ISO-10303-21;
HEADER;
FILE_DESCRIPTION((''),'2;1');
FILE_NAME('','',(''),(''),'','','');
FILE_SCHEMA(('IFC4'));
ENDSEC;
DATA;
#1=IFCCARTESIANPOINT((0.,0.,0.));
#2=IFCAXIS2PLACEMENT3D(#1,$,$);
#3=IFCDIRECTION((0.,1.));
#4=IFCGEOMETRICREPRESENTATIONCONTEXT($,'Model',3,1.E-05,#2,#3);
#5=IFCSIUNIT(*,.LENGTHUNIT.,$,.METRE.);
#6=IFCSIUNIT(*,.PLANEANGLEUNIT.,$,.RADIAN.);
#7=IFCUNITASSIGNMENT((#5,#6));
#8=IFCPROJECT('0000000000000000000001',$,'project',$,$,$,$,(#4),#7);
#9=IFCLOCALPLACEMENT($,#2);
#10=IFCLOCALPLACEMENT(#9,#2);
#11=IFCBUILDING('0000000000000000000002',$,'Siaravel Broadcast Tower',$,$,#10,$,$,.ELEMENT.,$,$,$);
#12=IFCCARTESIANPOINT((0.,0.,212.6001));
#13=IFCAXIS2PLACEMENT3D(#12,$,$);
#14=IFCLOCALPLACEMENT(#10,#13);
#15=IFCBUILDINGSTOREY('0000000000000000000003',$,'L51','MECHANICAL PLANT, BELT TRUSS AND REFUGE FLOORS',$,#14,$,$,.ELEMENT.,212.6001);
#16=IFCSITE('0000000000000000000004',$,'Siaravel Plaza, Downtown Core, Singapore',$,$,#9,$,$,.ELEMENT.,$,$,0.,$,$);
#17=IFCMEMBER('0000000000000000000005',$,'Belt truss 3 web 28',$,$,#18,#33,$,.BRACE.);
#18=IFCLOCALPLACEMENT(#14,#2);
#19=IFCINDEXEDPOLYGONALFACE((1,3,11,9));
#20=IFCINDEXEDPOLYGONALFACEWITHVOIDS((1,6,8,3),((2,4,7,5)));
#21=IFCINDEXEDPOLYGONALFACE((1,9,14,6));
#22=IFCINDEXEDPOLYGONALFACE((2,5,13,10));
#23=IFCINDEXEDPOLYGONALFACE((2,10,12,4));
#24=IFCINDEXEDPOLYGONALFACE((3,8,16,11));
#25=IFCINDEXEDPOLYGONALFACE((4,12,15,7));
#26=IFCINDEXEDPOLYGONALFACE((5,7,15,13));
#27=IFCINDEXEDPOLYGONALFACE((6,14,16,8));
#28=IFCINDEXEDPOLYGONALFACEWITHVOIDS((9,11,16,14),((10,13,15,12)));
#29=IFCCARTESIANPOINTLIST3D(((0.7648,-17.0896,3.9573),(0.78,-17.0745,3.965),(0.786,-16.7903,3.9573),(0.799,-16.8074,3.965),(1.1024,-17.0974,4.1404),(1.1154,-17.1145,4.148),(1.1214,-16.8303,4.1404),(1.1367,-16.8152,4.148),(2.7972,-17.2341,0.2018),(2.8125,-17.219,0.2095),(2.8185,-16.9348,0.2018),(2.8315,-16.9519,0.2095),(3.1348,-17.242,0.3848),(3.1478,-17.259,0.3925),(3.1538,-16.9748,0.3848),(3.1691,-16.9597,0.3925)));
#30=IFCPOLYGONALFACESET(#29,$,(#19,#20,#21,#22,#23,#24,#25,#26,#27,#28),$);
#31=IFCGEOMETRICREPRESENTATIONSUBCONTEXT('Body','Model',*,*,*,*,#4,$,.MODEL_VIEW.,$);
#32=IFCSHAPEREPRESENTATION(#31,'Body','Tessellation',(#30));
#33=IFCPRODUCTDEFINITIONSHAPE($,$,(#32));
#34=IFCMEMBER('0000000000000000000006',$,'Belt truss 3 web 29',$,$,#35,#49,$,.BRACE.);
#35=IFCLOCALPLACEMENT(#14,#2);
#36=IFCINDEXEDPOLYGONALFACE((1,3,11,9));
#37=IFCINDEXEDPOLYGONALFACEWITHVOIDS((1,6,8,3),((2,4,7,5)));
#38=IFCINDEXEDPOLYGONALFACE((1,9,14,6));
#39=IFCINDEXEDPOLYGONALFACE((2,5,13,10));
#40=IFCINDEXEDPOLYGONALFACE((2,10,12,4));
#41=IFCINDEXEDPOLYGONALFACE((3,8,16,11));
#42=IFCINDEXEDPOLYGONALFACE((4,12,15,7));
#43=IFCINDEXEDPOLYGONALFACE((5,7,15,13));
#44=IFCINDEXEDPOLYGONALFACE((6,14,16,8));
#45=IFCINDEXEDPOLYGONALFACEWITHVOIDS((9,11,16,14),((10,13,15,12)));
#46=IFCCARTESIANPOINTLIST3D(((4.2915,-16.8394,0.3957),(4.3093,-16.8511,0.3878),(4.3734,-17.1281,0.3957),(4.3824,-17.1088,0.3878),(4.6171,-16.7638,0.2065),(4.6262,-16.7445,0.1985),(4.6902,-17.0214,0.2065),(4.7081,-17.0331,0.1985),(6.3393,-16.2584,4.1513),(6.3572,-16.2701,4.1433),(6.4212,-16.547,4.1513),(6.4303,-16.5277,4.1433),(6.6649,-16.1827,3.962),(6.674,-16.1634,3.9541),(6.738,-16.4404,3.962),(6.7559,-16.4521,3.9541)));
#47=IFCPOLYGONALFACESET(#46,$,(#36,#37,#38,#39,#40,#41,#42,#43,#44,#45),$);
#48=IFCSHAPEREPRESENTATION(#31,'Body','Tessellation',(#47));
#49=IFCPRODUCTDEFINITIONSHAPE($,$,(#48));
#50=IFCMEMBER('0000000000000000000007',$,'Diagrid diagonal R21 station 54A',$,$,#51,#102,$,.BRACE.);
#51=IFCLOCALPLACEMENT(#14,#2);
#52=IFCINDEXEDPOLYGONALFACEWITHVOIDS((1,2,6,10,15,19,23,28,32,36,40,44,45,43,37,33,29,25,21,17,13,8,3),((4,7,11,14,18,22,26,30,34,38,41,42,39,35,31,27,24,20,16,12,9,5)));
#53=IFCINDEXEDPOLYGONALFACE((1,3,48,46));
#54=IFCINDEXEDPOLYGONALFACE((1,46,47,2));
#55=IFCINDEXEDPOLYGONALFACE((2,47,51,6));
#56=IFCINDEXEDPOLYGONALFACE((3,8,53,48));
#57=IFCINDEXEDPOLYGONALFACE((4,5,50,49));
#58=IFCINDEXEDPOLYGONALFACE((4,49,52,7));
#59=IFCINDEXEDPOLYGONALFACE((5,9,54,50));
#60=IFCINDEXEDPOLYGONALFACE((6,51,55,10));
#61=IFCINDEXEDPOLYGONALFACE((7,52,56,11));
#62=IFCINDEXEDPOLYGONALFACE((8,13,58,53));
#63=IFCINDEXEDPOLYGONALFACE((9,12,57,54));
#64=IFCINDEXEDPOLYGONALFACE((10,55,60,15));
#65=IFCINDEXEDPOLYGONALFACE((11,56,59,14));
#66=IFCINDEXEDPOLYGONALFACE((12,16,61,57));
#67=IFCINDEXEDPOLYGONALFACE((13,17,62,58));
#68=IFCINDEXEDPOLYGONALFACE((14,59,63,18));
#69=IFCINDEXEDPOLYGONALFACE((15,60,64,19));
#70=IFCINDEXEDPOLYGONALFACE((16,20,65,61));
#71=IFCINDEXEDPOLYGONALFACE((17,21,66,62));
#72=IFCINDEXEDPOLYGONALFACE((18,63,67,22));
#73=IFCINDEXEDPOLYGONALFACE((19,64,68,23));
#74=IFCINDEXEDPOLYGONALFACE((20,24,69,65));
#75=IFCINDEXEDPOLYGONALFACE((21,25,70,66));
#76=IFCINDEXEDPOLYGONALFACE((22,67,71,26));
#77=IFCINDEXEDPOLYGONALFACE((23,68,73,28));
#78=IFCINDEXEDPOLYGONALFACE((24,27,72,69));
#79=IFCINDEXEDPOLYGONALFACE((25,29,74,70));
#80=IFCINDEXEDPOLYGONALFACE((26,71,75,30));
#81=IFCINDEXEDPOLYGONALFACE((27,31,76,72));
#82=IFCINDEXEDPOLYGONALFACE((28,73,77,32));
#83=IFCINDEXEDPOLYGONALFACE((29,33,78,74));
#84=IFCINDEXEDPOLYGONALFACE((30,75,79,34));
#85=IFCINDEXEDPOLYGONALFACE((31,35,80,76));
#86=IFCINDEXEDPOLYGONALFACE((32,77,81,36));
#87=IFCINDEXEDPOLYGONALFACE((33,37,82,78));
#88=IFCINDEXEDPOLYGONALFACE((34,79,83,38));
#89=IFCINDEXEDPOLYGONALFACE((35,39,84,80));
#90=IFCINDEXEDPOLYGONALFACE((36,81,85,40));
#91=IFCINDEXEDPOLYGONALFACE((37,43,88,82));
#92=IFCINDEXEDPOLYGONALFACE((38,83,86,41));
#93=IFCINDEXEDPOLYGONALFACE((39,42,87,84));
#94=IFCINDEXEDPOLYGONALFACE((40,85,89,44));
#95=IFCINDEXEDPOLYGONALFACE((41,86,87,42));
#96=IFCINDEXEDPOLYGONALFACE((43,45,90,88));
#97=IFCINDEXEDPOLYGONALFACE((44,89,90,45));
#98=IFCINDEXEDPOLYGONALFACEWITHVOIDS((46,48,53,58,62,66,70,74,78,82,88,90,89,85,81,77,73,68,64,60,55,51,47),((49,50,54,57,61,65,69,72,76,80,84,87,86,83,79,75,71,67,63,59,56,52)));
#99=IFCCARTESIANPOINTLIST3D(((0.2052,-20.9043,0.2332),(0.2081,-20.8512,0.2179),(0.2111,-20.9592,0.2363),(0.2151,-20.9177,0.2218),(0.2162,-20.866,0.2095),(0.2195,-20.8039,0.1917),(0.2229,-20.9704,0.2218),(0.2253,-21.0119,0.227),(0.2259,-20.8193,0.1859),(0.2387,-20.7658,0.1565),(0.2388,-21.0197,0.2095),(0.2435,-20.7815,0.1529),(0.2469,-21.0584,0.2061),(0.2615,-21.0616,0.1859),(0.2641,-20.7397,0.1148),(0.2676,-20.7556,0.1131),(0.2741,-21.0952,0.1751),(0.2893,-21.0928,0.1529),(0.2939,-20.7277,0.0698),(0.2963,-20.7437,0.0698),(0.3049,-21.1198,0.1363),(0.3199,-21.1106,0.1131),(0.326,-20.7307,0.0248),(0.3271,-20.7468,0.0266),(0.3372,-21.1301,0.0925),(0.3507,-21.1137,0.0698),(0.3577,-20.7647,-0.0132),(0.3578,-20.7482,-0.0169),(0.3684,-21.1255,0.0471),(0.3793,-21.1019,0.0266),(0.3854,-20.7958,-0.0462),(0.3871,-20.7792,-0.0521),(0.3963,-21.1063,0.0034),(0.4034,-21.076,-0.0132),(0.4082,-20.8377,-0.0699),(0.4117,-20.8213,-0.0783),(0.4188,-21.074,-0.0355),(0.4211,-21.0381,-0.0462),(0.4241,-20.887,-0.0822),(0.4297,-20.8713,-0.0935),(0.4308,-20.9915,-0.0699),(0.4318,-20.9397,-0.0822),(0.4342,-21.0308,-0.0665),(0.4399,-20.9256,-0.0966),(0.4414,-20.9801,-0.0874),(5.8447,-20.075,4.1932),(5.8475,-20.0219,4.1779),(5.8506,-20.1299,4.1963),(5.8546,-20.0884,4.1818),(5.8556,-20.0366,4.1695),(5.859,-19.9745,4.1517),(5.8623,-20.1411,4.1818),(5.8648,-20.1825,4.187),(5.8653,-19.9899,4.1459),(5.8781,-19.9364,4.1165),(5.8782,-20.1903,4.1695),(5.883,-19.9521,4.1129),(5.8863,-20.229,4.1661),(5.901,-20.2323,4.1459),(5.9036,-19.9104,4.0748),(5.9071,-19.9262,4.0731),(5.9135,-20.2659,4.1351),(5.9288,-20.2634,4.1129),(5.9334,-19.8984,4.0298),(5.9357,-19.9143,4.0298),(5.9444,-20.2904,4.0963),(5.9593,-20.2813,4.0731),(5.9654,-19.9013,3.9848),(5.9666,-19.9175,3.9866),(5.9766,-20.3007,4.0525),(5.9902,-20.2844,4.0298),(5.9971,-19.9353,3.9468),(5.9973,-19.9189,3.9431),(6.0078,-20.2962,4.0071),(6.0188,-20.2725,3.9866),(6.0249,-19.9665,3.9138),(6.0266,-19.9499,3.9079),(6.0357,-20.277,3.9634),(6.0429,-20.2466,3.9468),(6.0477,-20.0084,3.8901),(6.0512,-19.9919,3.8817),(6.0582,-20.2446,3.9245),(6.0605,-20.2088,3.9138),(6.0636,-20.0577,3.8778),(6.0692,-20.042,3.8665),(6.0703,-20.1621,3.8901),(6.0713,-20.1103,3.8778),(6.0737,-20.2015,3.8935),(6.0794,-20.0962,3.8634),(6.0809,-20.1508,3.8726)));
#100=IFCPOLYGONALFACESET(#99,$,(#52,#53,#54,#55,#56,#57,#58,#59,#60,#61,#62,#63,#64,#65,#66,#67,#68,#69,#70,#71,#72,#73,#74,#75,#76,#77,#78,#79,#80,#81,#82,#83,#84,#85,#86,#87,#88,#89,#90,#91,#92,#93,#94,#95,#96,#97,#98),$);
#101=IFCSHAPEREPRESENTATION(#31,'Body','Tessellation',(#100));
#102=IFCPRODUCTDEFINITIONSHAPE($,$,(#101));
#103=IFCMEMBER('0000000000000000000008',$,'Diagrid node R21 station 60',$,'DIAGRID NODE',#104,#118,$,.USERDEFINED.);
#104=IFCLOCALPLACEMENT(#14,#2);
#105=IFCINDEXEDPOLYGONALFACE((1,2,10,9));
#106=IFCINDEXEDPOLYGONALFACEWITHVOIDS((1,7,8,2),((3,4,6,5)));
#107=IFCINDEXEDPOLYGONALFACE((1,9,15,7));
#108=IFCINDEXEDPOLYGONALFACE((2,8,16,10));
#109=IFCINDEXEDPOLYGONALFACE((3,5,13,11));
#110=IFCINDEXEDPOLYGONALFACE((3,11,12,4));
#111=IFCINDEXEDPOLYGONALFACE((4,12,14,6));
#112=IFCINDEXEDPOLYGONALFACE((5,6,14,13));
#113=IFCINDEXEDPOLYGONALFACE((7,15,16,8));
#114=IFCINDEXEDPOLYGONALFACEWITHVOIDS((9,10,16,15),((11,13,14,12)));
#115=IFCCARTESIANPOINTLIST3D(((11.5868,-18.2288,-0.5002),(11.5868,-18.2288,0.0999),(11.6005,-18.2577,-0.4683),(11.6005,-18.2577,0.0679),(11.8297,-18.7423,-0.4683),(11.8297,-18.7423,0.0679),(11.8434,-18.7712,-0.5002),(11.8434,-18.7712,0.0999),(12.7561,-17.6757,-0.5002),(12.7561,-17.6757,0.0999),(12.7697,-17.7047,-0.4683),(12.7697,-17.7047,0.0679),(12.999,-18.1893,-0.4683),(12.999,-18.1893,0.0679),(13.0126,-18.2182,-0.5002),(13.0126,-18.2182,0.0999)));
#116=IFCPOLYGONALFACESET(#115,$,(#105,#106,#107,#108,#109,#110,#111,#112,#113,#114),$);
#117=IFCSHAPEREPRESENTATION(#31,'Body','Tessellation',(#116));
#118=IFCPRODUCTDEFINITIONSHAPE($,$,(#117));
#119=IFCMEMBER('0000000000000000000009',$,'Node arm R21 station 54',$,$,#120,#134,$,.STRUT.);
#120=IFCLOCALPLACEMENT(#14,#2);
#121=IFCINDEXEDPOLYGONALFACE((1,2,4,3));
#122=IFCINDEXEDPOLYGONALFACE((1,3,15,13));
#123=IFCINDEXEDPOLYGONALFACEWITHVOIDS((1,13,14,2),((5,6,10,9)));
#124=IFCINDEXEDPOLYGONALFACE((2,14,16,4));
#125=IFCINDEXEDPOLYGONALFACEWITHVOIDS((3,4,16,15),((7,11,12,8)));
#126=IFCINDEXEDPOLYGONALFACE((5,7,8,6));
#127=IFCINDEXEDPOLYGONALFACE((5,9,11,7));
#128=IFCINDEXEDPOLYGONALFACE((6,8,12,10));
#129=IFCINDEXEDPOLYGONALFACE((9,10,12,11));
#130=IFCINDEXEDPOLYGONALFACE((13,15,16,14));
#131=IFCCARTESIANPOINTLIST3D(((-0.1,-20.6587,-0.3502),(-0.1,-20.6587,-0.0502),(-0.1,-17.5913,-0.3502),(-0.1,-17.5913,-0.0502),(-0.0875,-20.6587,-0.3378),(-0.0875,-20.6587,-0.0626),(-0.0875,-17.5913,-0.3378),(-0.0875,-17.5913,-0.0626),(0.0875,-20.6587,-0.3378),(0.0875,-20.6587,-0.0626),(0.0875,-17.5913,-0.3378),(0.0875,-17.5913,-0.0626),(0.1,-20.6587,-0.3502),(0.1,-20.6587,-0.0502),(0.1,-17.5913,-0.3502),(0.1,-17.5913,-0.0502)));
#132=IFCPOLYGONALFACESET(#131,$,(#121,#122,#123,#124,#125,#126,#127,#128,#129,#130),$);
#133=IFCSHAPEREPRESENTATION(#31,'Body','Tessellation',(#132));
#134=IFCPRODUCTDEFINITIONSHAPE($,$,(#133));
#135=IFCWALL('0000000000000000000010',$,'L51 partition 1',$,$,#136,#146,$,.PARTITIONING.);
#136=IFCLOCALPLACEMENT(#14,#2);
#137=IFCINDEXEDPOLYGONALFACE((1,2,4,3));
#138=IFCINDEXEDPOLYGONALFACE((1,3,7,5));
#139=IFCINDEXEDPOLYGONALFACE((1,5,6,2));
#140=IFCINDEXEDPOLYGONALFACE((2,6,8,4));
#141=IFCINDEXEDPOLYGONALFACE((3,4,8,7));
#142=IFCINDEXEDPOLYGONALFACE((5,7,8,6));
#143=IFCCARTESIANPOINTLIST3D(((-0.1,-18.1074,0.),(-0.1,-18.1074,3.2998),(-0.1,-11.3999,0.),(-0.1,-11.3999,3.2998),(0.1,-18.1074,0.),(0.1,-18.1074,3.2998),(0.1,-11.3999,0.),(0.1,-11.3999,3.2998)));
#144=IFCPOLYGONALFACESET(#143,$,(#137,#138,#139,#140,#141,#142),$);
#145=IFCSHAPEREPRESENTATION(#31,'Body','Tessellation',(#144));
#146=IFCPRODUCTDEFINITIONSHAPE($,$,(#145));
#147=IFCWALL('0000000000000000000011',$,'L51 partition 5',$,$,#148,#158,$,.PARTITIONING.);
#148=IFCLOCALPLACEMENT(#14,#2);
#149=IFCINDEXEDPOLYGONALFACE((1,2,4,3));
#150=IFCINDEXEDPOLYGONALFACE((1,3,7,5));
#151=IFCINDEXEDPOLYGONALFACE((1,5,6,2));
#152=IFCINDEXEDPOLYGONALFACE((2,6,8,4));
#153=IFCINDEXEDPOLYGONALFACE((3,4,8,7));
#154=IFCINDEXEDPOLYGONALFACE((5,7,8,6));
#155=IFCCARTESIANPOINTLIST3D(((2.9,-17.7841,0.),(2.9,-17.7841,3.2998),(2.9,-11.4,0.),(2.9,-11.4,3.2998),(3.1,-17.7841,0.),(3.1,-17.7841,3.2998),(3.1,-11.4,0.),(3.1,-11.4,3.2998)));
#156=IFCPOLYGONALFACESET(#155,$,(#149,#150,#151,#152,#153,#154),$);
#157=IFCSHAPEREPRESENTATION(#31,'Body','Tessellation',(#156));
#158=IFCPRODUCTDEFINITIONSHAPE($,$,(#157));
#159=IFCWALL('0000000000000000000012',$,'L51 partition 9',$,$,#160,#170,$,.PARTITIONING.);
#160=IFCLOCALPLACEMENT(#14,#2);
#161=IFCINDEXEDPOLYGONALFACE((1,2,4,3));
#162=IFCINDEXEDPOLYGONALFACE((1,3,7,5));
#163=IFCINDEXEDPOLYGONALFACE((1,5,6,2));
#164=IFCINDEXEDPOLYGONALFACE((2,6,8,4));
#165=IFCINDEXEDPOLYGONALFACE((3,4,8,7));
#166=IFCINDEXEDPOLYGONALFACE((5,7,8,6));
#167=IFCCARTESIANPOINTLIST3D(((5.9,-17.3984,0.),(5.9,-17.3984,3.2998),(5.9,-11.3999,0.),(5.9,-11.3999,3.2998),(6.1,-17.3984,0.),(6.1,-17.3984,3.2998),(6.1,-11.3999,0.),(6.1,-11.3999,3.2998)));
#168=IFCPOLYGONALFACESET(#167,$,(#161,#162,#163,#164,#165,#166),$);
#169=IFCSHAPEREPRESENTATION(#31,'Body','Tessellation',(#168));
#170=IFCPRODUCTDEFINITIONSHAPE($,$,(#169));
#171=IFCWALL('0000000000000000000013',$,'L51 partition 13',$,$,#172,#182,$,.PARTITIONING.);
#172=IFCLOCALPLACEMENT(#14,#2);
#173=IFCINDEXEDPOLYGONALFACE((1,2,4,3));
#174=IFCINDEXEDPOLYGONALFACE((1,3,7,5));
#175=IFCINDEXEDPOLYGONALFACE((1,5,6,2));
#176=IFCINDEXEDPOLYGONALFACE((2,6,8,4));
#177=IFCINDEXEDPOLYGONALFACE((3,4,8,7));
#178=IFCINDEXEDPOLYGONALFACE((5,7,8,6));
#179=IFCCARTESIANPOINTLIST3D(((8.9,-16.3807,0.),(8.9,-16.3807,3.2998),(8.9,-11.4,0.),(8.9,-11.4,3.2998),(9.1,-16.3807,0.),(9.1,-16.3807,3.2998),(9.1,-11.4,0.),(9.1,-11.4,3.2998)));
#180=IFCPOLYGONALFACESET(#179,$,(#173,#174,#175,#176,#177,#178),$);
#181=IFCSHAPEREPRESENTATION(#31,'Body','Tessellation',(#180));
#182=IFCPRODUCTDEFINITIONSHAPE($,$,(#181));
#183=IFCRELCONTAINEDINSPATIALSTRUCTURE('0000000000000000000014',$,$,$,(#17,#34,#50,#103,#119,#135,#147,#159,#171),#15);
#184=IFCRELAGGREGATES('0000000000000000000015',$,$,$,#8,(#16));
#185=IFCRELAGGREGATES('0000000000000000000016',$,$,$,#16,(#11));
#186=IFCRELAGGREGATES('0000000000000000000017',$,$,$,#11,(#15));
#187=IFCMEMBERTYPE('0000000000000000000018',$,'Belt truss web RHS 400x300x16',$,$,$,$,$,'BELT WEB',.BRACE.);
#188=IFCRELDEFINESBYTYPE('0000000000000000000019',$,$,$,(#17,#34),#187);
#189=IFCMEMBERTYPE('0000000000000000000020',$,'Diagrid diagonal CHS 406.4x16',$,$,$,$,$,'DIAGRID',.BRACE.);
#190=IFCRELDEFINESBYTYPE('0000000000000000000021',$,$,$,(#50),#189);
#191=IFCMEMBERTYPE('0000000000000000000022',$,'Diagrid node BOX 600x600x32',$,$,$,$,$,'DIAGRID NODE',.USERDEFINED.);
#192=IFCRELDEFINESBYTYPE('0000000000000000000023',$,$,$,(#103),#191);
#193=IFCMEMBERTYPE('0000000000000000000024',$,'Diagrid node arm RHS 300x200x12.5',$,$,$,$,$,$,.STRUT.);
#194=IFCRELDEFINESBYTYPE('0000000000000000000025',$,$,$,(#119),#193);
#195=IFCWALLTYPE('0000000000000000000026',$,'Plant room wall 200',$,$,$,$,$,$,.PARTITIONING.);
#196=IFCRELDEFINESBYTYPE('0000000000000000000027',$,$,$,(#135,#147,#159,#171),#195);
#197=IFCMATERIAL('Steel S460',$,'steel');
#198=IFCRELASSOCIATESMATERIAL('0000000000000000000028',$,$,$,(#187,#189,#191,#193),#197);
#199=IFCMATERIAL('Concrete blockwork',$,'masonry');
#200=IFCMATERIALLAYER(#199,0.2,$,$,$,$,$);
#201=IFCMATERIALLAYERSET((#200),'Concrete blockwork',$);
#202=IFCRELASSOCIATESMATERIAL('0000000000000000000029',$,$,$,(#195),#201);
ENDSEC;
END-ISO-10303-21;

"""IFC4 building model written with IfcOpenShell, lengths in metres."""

from ifc_helpers import new_model, si_unit, direction, frame, frame_2d, origin, origin_2d, place, context, subcontext, project, spatial, rectangle, hollow_rectangle, hollow_circle, extrude, material, layer, layer_set, material_profile, profile_set, type_object, element, save


model = new_model("IFC4")

# Units and contexts
model_context = context("Model", 3, precision=1e-05, world=origin(), true_north=direction((0.0, 1.0)))
body_context = subcontext(model_context, "Body", "Model", "MODEL_VIEW")
ifc_project = project(units=[si_unit("LENGTHUNIT", "METRE"), si_unit("PLANEANGLEUNIT", "RADIAN")], contexts=[model_context])

# Site, building, storey
site_placement = place(None, origin())
site = spatial("IfcSite", under=ifc_project, at=site_placement, Name="Siaravel Plaza, Downtown Core, Singapore", CompositionType="ELEMENT", RefElevation=0.0)
building_placement = place(site_placement, origin())
building = spatial("IfcBuilding", under=site, at=building_placement, Name="Siaravel Broadcast Tower", CompositionType="ELEMENT")
storey_placement = place(building_placement, frame((0.0, 0.0, 212.6001)))
storey = spatial("IfcBuildingStorey", under=building, at=storey_placement, Name="L51", Description="MECHANICAL PLANT, BELT TRUSS AND REFUGE FLOORS", CompositionType="ELEMENT", Elevation=212.6001)

# Shared definitions
ifc_material_1 = material(Name="Steel S460", Category="steel")

# Members
ifc_material_profile_1 = material_profile(ifc_material_1, hollow_rectangle(XDim=0.3, YDim=0.3999, WallThickness=0.0161, at=origin_2d()))
ifc_profile_set_1 = profile_set([ifc_material_profile_1], Name="Steel S460")
member_type_1 = type_object("IfcMemberType", Name="Belt truss web RHS 400x300x16", ElementType="BELT WEB", PredefinedType="BRACE", material=ifc_profile_set_1)
member_1_placement = place(storey_placement, frame((2.9832, -17.0969, 0.2971), z_axis=(-0.475681, 0.033826, 0.878967), x_axis=(-0.070932, -0.997481, 0.0)))
element("IfcMember", 1, at=member_1_placement, inside=storey, type_object=member_type_1, Name="Belt truss 3 web 28", PredefinedType="BRACE", context=body_context, shape_type="SweptSolid", body=[
    extrude(hollow_rectangle(XDim=0.3, YDim=0.3999, WallThickness=0.0161, at=origin_2d()), origin(), (0.0, 0.0, 1.0), 4.2727),
])
member_2_placement = place(storey_placement, frame((4.4998, -16.9363, 0.2971), z_axis=(0.474376, 0.134599, 0.869972), x_axis=(-0.272964, 0.962024, 0.0)))
element("IfcMember", 2, at=member_2_placement, inside=storey, type_object=member_type_1, Name="Belt truss 3 web 29", PredefinedType="BRACE", context=body_context, shape_type="SweptSolid", body=[
    extrude(hollow_rectangle(XDim=0.3, YDim=0.3999, WallThickness=0.0161, at=origin_2d()), origin(), (0.0, 0.0, 1.0), 4.3169),
])
ifc_material_profile_2 = material_profile(ifc_material_1, hollow_circle(Radius=0.2031, WallThickness=0.0161, at=origin_2d()))
ifc_profile_set_2 = profile_set([ifc_material_profile_2], Name="Steel S460")
member_type_2 = type_object("IfcMemberType", Name="Diagrid diagonal CHS 406.4x16", ElementType="DIAGRID", PredefinedType="BRACE", material=ifc_profile_set_2)
member_3_placement = place(storey_placement, frame((0.3235, -20.9287, 0.0698), z_axis=(0.812524, 0.119492, 0.57055), x_axis=(-0.145498, 0.989359, 0.0)))
element("IfcMember", 3, at=member_3_placement, inside=storey, type_object=member_type_2, Name="Diagrid diagonal R21 station 54A", PredefinedType="BRACE", context=body_context, shape_type="SweptSolid", body=[
    extrude(hollow_circle(Radius=0.2031, WallThickness=0.0161, at=origin_2d()), origin(), (0.0, 0.0, 1.0), 6.9407),
])
ifc_material_profile_3 = material_profile(ifc_material_1, hollow_rectangle(XDim=0.6001, YDim=0.6001, WallThickness=0.032, at=origin_2d()))
ifc_profile_set_3 = profile_set([ifc_material_profile_3], Name="Steel S460")
member_type_3 = type_object("IfcMemberType", Name="Diagrid node BOX 600x600x32", ElementType="DIAGRID NODE", PredefinedType="USERDEFINED", material=ifc_profile_set_3)
member_4_placement = place(storey_placement, frame((11.7151, -18.5, -0.2002), z_axis=(0.903991, 0.427551, 0.0), x_axis=(-0.427551, 0.903991, 0.0)))
element("IfcMember", 4, at=member_4_placement, inside=storey, type_object=member_type_3, Name="Diagrid node R21 station 60", ObjectType="DIAGRID NODE", PredefinedType="USERDEFINED", context=body_context, shape_type="SweptSolid", body=[
    extrude(hollow_rectangle(XDim=0.6001, YDim=0.6001, WallThickness=0.032, at=origin_2d()), origin(), (0.0, 0.0, 1.0), 1.2935),
])
ifc_material_profile_4 = material_profile(ifc_material_1, hollow_rectangle(XDim=0.2, YDim=0.3, WallThickness=0.0125, at=origin_2d()))
ifc_profile_set_4 = profile_set([ifc_material_profile_4], Name="Steel S460")
member_type_4 = type_object("IfcMemberType", Name="Diagrid node arm RHS 300x200x12.5", PredefinedType="STRUT", material=ifc_profile_set_4)
member_5_placement = place(storey_placement, frame((0.0, -17.5913, -0.2002), z_axis=(0.0, -1.0, 0.0), x_axis=(1.0, 0.0, 0.0)))
element("IfcMember", 5, at=member_5_placement, inside=storey, type_object=member_type_4, Name="Node arm R21 station 54", PredefinedType="STRUT", context=body_context, shape_type="SweptSolid", body=[
    extrude(hollow_rectangle(XDim=0.2, YDim=0.3, WallThickness=0.0125, at=origin_2d()), origin(), (0.0, 0.0, 1.0), 3.0674),
])

# Walls
ifc_material_2 = material(Name="Concrete blockwork", Category="masonry")
ifc_layer_1 = layer(ifc_material_2, 0.2)
ifc_layer_set_1 = layer_set([ifc_layer_1], Name="Concrete blockwork")
wall_type_1 = type_object("IfcWallType", Name="Plant room wall 200", PredefinedType="PARTITIONING", material=ifc_layer_set_1)
wall_1_placement = place(storey_placement, frame((0.0, -18.1074, 0.0), z_axis=(0.0, 0.0, 1.0), x_axis=(0.0, 1.0, 0.0)))
element("IfcWall", 6, at=wall_1_placement, inside=storey, type_object=wall_type_1, Name="L51 partition 1", PredefinedType="PARTITIONING", context=body_context, shape_type="SweptSolid", body=[
    extrude(rectangle(XDim=6.7075, YDim=0.2, at=frame_2d((3.3538, 0.0))), origin(), (0.0, 0.0, 1.0), 3.2998),
])
wall_2_placement = place(storey_placement, frame((3.0, -17.7839, 0.0), z_axis=(0.0, 0.0, 1.0), x_axis=(0.0, 1.0, 0.0)))
element("IfcWall", 7, at=wall_2_placement, inside=storey, type_object=wall_type_1, Name="L51 partition 5", PredefinedType="PARTITIONING", context=body_context, shape_type="SweptSolid", body=[
    extrude(rectangle(XDim=6.384, YDim=0.2, at=frame_2d((3.1919, 0.0))), origin(), (0.0, 0.0, 1.0), 3.2998),
])
wall_3_placement = place(storey_placement, frame((6.0, -17.3984, 0.0), z_axis=(0.0, 0.0, 1.0), x_axis=(0.0, 1.0, 0.0)))
element("IfcWall", 8, at=wall_3_placement, inside=storey, type_object=wall_type_1, Name="L51 partition 9", PredefinedType="PARTITIONING", context=body_context, shape_type="SweptSolid", body=[
    extrude(rectangle(XDim=5.9985, YDim=0.2, at=frame_2d((2.9993, 0.0))), origin(), (0.0, 0.0, 1.0), 3.2998),
])
wall_4_placement = place(storey_placement, frame((9.0, -16.3806, 0.0), z_axis=(0.0, 0.0, 1.0), x_axis=(0.0, 1.0, 0.0)))
element("IfcWall", 9, at=wall_4_placement, inside=storey, type_object=wall_type_1, Name="L51 partition 13", PredefinedType="PARTITIONING", context=body_context, shape_type="SweptSolid", body=[
    extrude(rectangle(XDim=4.9807, YDim=0.2, at=frame_2d((2.4902, 0.0))), origin(), (0.0, 0.0, 1.0), 3.2998),
])

save(model, "model.ifc")
